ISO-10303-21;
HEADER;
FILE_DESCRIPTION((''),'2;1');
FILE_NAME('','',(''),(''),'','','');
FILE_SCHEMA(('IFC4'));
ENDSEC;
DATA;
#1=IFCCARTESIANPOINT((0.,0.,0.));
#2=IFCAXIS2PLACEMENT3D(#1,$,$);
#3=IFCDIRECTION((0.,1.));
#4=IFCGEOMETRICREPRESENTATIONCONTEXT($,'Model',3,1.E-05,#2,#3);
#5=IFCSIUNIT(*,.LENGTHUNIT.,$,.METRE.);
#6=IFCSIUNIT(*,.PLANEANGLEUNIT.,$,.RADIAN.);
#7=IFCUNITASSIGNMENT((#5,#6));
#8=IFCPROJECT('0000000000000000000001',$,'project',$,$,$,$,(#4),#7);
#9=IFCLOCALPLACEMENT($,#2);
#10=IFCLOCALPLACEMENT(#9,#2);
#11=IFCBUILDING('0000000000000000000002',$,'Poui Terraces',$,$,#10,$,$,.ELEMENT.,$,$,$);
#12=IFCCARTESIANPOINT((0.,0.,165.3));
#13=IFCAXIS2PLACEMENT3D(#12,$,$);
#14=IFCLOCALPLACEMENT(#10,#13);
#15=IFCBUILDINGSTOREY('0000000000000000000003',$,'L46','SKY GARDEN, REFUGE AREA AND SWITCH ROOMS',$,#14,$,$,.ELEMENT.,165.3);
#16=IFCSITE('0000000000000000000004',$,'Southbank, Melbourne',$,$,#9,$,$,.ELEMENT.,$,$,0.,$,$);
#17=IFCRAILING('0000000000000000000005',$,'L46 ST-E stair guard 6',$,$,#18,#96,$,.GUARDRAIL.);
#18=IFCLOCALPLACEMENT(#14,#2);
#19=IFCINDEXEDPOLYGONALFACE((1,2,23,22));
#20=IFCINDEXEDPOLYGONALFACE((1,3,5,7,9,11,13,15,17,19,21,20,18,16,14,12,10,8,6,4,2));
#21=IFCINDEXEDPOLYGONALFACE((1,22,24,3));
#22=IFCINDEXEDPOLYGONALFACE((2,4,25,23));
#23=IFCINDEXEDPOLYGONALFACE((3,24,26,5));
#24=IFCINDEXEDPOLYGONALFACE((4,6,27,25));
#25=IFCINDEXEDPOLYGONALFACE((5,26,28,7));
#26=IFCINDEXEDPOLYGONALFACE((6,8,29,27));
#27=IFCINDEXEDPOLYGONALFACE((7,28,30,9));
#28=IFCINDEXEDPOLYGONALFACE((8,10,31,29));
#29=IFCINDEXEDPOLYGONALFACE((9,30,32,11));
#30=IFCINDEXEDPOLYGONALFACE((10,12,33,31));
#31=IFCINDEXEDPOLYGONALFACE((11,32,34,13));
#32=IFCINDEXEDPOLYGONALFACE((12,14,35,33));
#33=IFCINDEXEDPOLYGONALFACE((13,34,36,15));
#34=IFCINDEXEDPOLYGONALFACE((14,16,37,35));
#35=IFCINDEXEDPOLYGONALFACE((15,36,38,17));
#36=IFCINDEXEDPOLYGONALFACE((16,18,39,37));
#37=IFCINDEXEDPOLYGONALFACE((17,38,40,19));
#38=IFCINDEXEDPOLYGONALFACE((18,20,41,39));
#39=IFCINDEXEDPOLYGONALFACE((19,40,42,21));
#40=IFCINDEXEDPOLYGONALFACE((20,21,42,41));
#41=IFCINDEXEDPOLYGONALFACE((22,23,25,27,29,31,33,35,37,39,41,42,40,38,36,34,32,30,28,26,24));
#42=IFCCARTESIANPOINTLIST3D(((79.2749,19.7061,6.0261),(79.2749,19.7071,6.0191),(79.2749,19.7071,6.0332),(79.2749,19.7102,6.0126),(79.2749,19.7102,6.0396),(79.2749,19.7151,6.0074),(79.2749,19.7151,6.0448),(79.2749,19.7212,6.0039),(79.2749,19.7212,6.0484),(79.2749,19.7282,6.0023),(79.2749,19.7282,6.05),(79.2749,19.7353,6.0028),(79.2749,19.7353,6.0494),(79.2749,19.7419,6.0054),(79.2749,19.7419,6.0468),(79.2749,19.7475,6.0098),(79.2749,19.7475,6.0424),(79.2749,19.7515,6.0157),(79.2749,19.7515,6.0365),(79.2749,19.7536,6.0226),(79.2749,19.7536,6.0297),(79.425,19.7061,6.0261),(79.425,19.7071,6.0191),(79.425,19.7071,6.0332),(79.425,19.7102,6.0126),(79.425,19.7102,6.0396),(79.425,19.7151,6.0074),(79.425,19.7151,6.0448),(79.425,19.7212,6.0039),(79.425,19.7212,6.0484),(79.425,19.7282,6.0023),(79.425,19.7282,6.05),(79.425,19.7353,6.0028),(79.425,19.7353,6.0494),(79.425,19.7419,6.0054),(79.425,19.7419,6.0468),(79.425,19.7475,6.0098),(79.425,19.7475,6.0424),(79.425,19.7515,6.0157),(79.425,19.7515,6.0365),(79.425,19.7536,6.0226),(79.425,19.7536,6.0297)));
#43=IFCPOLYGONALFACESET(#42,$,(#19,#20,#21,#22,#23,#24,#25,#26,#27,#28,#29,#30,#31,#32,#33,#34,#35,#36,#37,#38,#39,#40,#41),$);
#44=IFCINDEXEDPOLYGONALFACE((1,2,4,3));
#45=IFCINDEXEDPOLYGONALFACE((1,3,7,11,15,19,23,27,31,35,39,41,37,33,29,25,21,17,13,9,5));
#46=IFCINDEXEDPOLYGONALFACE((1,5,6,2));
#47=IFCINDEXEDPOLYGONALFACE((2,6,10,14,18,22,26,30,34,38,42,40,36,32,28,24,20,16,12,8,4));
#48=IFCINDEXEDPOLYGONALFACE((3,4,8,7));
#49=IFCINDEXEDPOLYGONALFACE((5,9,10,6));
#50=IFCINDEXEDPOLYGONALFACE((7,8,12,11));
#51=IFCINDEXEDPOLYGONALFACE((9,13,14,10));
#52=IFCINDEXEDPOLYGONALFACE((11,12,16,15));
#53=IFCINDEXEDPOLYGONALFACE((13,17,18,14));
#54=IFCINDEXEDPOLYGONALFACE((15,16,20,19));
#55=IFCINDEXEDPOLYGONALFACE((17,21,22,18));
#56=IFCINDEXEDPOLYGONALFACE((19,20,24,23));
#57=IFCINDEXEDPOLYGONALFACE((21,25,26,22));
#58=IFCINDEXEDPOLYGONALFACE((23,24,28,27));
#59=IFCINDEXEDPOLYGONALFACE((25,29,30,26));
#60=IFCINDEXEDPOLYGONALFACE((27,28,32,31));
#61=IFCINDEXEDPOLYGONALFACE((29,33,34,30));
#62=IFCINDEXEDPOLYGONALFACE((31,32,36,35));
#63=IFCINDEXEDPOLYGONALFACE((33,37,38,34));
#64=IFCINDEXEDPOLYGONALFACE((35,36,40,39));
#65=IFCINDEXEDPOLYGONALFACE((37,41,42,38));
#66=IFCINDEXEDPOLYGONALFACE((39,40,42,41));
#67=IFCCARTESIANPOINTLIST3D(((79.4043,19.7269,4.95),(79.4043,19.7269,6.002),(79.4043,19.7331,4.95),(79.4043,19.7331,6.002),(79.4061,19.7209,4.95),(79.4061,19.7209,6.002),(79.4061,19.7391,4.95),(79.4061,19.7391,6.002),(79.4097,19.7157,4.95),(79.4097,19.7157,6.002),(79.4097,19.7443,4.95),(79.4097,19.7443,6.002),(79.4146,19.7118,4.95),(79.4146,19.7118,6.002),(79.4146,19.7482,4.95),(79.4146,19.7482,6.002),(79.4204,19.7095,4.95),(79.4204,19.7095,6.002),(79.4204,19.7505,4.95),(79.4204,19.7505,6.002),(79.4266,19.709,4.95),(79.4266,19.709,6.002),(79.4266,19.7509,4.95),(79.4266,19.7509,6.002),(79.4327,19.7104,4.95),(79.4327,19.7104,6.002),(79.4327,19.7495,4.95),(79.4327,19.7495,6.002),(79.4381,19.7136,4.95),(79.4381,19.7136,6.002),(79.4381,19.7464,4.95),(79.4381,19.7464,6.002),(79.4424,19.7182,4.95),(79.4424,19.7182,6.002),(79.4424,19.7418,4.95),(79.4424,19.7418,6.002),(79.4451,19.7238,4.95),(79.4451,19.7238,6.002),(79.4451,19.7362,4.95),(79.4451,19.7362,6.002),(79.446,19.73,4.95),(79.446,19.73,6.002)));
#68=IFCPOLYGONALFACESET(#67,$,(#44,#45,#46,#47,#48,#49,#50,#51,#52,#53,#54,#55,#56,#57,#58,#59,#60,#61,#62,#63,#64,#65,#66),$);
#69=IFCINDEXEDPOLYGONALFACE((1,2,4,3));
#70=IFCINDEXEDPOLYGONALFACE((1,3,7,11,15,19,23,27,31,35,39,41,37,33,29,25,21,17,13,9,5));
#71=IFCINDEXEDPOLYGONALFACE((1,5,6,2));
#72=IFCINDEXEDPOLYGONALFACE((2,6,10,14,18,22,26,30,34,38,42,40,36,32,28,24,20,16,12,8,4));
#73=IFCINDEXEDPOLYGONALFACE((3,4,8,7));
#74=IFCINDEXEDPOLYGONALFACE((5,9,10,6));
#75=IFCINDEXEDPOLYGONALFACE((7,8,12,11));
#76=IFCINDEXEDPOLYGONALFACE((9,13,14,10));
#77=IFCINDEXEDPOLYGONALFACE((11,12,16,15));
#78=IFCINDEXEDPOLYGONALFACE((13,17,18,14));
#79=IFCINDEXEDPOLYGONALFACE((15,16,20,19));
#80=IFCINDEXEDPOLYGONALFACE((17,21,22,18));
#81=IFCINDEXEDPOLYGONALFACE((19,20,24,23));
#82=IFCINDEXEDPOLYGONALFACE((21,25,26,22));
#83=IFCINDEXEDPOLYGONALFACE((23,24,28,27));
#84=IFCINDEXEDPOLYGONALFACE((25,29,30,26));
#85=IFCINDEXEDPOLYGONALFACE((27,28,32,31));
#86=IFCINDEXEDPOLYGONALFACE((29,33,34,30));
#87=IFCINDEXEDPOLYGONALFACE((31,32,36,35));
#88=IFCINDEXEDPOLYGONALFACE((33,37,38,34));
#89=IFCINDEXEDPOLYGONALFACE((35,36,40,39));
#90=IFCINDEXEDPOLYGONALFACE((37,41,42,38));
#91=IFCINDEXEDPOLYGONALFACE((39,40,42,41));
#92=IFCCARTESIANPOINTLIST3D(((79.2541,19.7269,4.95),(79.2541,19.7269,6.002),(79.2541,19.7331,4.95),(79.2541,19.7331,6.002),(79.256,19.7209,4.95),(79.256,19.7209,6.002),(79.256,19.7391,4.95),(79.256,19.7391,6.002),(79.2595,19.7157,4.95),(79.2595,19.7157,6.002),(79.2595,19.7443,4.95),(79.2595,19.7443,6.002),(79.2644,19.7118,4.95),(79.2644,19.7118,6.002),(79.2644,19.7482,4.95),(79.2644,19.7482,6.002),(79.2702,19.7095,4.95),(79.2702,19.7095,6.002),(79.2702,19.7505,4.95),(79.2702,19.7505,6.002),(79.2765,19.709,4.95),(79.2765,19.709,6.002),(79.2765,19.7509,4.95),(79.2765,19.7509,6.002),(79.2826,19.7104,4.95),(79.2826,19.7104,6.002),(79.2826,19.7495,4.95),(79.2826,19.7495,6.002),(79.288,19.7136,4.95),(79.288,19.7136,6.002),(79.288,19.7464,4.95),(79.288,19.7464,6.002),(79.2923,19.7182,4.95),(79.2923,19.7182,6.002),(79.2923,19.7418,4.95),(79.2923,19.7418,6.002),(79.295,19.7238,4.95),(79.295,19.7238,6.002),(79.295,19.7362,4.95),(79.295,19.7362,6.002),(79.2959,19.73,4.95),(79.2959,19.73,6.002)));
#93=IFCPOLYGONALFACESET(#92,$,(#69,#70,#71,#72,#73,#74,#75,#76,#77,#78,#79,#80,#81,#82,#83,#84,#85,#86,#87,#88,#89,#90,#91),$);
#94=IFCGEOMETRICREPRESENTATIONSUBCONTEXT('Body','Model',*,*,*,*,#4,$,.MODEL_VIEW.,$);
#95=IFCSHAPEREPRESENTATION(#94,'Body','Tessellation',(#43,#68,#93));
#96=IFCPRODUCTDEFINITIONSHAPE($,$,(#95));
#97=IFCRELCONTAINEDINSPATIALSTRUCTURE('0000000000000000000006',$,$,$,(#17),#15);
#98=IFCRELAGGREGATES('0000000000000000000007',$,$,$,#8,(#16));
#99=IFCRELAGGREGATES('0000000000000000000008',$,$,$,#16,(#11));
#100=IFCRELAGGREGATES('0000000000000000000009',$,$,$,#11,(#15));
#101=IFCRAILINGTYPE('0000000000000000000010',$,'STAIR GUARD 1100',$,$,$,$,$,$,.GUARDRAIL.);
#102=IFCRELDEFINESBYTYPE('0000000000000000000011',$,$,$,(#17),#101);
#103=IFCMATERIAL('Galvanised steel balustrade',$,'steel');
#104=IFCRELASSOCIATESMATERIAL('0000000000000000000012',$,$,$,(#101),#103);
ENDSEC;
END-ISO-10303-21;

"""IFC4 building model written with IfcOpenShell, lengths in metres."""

from ifc_helpers import new_model, si_unit, direction, frame, origin, origin_2d, place, context, subcontext, project, spatial, circle, extrude, material, type_object, element, save


model = new_model("IFC4")

# Units and contexts
model_context = context("Model", 3, precision=1e-05, world=origin(), true_north=direction((0.0, 1.0)))
body_context = subcontext(model_context, "Body", "Model", "MODEL_VIEW")
ifc_project = project(units=[si_unit("LENGTHUNIT", "METRE"), si_unit("PLANEANGLEUNIT", "RADIAN")], contexts=[model_context])

# Site, building, storey
site_placement = place(None, origin())
site = spatial("IfcSite", under=ifc_project, at=site_placement, Name="Southbank, Melbourne", CompositionType="ELEMENT", RefElevation=0.0)
building_placement = place(site_placement, origin())
building = spatial("IfcBuilding", under=site, at=building_placement, Name="Poui Terraces", CompositionType="ELEMENT")
storey_placement = place(building_placement, frame((0.0, 0.0, 165.3)))
storey = spatial("IfcBuildingStorey", under=building, at=storey_placement, Name="L46", Description="SKY GARDEN, REFUGE AREA AND SWITCH ROOMS", CompositionType="ELEMENT", Elevation=165.3)

# Railing
ifc_material_1 = material(Name="Galvanised steel balustrade", Category="steel")
railing_type_1 = type_object("IfcRailingType", Name="STAIR GUARD 1100", PredefinedType="GUARDRAIL", material=ifc_material_1)
railing_1_placement = place(storey_placement, frame((79.425, 19.73, 4.95)))
element("IfcRailing", 1, at=railing_1_placement, inside=storey, type_object=railing_type_1, Name="L46 ST-E stair guard 6", PredefinedType="GUARDRAIL", context=body_context, shape_type="SweptSolid", body=[
    extrude(circle(Radius=0.0239, at=origin_2d()), frame((0.0, 0.0, 1.0762), z_axis=(-1.0, 0.0, 0.0), x_axis=(0.0, -1.0, 0.0)), (0.0, 0.0, 1.0), 0.1501),
    extrude(circle(Radius=0.021, at=origin_2d()), origin(), (0.0, 0.0, 1.0), 1.052),
    extrude(circle(Radius=0.021, at=origin_2d()), frame((-0.1501, 0.0, 0.0)), (0.0, 0.0, 1.0), 1.052),
])

save(model, "model.ifc")
